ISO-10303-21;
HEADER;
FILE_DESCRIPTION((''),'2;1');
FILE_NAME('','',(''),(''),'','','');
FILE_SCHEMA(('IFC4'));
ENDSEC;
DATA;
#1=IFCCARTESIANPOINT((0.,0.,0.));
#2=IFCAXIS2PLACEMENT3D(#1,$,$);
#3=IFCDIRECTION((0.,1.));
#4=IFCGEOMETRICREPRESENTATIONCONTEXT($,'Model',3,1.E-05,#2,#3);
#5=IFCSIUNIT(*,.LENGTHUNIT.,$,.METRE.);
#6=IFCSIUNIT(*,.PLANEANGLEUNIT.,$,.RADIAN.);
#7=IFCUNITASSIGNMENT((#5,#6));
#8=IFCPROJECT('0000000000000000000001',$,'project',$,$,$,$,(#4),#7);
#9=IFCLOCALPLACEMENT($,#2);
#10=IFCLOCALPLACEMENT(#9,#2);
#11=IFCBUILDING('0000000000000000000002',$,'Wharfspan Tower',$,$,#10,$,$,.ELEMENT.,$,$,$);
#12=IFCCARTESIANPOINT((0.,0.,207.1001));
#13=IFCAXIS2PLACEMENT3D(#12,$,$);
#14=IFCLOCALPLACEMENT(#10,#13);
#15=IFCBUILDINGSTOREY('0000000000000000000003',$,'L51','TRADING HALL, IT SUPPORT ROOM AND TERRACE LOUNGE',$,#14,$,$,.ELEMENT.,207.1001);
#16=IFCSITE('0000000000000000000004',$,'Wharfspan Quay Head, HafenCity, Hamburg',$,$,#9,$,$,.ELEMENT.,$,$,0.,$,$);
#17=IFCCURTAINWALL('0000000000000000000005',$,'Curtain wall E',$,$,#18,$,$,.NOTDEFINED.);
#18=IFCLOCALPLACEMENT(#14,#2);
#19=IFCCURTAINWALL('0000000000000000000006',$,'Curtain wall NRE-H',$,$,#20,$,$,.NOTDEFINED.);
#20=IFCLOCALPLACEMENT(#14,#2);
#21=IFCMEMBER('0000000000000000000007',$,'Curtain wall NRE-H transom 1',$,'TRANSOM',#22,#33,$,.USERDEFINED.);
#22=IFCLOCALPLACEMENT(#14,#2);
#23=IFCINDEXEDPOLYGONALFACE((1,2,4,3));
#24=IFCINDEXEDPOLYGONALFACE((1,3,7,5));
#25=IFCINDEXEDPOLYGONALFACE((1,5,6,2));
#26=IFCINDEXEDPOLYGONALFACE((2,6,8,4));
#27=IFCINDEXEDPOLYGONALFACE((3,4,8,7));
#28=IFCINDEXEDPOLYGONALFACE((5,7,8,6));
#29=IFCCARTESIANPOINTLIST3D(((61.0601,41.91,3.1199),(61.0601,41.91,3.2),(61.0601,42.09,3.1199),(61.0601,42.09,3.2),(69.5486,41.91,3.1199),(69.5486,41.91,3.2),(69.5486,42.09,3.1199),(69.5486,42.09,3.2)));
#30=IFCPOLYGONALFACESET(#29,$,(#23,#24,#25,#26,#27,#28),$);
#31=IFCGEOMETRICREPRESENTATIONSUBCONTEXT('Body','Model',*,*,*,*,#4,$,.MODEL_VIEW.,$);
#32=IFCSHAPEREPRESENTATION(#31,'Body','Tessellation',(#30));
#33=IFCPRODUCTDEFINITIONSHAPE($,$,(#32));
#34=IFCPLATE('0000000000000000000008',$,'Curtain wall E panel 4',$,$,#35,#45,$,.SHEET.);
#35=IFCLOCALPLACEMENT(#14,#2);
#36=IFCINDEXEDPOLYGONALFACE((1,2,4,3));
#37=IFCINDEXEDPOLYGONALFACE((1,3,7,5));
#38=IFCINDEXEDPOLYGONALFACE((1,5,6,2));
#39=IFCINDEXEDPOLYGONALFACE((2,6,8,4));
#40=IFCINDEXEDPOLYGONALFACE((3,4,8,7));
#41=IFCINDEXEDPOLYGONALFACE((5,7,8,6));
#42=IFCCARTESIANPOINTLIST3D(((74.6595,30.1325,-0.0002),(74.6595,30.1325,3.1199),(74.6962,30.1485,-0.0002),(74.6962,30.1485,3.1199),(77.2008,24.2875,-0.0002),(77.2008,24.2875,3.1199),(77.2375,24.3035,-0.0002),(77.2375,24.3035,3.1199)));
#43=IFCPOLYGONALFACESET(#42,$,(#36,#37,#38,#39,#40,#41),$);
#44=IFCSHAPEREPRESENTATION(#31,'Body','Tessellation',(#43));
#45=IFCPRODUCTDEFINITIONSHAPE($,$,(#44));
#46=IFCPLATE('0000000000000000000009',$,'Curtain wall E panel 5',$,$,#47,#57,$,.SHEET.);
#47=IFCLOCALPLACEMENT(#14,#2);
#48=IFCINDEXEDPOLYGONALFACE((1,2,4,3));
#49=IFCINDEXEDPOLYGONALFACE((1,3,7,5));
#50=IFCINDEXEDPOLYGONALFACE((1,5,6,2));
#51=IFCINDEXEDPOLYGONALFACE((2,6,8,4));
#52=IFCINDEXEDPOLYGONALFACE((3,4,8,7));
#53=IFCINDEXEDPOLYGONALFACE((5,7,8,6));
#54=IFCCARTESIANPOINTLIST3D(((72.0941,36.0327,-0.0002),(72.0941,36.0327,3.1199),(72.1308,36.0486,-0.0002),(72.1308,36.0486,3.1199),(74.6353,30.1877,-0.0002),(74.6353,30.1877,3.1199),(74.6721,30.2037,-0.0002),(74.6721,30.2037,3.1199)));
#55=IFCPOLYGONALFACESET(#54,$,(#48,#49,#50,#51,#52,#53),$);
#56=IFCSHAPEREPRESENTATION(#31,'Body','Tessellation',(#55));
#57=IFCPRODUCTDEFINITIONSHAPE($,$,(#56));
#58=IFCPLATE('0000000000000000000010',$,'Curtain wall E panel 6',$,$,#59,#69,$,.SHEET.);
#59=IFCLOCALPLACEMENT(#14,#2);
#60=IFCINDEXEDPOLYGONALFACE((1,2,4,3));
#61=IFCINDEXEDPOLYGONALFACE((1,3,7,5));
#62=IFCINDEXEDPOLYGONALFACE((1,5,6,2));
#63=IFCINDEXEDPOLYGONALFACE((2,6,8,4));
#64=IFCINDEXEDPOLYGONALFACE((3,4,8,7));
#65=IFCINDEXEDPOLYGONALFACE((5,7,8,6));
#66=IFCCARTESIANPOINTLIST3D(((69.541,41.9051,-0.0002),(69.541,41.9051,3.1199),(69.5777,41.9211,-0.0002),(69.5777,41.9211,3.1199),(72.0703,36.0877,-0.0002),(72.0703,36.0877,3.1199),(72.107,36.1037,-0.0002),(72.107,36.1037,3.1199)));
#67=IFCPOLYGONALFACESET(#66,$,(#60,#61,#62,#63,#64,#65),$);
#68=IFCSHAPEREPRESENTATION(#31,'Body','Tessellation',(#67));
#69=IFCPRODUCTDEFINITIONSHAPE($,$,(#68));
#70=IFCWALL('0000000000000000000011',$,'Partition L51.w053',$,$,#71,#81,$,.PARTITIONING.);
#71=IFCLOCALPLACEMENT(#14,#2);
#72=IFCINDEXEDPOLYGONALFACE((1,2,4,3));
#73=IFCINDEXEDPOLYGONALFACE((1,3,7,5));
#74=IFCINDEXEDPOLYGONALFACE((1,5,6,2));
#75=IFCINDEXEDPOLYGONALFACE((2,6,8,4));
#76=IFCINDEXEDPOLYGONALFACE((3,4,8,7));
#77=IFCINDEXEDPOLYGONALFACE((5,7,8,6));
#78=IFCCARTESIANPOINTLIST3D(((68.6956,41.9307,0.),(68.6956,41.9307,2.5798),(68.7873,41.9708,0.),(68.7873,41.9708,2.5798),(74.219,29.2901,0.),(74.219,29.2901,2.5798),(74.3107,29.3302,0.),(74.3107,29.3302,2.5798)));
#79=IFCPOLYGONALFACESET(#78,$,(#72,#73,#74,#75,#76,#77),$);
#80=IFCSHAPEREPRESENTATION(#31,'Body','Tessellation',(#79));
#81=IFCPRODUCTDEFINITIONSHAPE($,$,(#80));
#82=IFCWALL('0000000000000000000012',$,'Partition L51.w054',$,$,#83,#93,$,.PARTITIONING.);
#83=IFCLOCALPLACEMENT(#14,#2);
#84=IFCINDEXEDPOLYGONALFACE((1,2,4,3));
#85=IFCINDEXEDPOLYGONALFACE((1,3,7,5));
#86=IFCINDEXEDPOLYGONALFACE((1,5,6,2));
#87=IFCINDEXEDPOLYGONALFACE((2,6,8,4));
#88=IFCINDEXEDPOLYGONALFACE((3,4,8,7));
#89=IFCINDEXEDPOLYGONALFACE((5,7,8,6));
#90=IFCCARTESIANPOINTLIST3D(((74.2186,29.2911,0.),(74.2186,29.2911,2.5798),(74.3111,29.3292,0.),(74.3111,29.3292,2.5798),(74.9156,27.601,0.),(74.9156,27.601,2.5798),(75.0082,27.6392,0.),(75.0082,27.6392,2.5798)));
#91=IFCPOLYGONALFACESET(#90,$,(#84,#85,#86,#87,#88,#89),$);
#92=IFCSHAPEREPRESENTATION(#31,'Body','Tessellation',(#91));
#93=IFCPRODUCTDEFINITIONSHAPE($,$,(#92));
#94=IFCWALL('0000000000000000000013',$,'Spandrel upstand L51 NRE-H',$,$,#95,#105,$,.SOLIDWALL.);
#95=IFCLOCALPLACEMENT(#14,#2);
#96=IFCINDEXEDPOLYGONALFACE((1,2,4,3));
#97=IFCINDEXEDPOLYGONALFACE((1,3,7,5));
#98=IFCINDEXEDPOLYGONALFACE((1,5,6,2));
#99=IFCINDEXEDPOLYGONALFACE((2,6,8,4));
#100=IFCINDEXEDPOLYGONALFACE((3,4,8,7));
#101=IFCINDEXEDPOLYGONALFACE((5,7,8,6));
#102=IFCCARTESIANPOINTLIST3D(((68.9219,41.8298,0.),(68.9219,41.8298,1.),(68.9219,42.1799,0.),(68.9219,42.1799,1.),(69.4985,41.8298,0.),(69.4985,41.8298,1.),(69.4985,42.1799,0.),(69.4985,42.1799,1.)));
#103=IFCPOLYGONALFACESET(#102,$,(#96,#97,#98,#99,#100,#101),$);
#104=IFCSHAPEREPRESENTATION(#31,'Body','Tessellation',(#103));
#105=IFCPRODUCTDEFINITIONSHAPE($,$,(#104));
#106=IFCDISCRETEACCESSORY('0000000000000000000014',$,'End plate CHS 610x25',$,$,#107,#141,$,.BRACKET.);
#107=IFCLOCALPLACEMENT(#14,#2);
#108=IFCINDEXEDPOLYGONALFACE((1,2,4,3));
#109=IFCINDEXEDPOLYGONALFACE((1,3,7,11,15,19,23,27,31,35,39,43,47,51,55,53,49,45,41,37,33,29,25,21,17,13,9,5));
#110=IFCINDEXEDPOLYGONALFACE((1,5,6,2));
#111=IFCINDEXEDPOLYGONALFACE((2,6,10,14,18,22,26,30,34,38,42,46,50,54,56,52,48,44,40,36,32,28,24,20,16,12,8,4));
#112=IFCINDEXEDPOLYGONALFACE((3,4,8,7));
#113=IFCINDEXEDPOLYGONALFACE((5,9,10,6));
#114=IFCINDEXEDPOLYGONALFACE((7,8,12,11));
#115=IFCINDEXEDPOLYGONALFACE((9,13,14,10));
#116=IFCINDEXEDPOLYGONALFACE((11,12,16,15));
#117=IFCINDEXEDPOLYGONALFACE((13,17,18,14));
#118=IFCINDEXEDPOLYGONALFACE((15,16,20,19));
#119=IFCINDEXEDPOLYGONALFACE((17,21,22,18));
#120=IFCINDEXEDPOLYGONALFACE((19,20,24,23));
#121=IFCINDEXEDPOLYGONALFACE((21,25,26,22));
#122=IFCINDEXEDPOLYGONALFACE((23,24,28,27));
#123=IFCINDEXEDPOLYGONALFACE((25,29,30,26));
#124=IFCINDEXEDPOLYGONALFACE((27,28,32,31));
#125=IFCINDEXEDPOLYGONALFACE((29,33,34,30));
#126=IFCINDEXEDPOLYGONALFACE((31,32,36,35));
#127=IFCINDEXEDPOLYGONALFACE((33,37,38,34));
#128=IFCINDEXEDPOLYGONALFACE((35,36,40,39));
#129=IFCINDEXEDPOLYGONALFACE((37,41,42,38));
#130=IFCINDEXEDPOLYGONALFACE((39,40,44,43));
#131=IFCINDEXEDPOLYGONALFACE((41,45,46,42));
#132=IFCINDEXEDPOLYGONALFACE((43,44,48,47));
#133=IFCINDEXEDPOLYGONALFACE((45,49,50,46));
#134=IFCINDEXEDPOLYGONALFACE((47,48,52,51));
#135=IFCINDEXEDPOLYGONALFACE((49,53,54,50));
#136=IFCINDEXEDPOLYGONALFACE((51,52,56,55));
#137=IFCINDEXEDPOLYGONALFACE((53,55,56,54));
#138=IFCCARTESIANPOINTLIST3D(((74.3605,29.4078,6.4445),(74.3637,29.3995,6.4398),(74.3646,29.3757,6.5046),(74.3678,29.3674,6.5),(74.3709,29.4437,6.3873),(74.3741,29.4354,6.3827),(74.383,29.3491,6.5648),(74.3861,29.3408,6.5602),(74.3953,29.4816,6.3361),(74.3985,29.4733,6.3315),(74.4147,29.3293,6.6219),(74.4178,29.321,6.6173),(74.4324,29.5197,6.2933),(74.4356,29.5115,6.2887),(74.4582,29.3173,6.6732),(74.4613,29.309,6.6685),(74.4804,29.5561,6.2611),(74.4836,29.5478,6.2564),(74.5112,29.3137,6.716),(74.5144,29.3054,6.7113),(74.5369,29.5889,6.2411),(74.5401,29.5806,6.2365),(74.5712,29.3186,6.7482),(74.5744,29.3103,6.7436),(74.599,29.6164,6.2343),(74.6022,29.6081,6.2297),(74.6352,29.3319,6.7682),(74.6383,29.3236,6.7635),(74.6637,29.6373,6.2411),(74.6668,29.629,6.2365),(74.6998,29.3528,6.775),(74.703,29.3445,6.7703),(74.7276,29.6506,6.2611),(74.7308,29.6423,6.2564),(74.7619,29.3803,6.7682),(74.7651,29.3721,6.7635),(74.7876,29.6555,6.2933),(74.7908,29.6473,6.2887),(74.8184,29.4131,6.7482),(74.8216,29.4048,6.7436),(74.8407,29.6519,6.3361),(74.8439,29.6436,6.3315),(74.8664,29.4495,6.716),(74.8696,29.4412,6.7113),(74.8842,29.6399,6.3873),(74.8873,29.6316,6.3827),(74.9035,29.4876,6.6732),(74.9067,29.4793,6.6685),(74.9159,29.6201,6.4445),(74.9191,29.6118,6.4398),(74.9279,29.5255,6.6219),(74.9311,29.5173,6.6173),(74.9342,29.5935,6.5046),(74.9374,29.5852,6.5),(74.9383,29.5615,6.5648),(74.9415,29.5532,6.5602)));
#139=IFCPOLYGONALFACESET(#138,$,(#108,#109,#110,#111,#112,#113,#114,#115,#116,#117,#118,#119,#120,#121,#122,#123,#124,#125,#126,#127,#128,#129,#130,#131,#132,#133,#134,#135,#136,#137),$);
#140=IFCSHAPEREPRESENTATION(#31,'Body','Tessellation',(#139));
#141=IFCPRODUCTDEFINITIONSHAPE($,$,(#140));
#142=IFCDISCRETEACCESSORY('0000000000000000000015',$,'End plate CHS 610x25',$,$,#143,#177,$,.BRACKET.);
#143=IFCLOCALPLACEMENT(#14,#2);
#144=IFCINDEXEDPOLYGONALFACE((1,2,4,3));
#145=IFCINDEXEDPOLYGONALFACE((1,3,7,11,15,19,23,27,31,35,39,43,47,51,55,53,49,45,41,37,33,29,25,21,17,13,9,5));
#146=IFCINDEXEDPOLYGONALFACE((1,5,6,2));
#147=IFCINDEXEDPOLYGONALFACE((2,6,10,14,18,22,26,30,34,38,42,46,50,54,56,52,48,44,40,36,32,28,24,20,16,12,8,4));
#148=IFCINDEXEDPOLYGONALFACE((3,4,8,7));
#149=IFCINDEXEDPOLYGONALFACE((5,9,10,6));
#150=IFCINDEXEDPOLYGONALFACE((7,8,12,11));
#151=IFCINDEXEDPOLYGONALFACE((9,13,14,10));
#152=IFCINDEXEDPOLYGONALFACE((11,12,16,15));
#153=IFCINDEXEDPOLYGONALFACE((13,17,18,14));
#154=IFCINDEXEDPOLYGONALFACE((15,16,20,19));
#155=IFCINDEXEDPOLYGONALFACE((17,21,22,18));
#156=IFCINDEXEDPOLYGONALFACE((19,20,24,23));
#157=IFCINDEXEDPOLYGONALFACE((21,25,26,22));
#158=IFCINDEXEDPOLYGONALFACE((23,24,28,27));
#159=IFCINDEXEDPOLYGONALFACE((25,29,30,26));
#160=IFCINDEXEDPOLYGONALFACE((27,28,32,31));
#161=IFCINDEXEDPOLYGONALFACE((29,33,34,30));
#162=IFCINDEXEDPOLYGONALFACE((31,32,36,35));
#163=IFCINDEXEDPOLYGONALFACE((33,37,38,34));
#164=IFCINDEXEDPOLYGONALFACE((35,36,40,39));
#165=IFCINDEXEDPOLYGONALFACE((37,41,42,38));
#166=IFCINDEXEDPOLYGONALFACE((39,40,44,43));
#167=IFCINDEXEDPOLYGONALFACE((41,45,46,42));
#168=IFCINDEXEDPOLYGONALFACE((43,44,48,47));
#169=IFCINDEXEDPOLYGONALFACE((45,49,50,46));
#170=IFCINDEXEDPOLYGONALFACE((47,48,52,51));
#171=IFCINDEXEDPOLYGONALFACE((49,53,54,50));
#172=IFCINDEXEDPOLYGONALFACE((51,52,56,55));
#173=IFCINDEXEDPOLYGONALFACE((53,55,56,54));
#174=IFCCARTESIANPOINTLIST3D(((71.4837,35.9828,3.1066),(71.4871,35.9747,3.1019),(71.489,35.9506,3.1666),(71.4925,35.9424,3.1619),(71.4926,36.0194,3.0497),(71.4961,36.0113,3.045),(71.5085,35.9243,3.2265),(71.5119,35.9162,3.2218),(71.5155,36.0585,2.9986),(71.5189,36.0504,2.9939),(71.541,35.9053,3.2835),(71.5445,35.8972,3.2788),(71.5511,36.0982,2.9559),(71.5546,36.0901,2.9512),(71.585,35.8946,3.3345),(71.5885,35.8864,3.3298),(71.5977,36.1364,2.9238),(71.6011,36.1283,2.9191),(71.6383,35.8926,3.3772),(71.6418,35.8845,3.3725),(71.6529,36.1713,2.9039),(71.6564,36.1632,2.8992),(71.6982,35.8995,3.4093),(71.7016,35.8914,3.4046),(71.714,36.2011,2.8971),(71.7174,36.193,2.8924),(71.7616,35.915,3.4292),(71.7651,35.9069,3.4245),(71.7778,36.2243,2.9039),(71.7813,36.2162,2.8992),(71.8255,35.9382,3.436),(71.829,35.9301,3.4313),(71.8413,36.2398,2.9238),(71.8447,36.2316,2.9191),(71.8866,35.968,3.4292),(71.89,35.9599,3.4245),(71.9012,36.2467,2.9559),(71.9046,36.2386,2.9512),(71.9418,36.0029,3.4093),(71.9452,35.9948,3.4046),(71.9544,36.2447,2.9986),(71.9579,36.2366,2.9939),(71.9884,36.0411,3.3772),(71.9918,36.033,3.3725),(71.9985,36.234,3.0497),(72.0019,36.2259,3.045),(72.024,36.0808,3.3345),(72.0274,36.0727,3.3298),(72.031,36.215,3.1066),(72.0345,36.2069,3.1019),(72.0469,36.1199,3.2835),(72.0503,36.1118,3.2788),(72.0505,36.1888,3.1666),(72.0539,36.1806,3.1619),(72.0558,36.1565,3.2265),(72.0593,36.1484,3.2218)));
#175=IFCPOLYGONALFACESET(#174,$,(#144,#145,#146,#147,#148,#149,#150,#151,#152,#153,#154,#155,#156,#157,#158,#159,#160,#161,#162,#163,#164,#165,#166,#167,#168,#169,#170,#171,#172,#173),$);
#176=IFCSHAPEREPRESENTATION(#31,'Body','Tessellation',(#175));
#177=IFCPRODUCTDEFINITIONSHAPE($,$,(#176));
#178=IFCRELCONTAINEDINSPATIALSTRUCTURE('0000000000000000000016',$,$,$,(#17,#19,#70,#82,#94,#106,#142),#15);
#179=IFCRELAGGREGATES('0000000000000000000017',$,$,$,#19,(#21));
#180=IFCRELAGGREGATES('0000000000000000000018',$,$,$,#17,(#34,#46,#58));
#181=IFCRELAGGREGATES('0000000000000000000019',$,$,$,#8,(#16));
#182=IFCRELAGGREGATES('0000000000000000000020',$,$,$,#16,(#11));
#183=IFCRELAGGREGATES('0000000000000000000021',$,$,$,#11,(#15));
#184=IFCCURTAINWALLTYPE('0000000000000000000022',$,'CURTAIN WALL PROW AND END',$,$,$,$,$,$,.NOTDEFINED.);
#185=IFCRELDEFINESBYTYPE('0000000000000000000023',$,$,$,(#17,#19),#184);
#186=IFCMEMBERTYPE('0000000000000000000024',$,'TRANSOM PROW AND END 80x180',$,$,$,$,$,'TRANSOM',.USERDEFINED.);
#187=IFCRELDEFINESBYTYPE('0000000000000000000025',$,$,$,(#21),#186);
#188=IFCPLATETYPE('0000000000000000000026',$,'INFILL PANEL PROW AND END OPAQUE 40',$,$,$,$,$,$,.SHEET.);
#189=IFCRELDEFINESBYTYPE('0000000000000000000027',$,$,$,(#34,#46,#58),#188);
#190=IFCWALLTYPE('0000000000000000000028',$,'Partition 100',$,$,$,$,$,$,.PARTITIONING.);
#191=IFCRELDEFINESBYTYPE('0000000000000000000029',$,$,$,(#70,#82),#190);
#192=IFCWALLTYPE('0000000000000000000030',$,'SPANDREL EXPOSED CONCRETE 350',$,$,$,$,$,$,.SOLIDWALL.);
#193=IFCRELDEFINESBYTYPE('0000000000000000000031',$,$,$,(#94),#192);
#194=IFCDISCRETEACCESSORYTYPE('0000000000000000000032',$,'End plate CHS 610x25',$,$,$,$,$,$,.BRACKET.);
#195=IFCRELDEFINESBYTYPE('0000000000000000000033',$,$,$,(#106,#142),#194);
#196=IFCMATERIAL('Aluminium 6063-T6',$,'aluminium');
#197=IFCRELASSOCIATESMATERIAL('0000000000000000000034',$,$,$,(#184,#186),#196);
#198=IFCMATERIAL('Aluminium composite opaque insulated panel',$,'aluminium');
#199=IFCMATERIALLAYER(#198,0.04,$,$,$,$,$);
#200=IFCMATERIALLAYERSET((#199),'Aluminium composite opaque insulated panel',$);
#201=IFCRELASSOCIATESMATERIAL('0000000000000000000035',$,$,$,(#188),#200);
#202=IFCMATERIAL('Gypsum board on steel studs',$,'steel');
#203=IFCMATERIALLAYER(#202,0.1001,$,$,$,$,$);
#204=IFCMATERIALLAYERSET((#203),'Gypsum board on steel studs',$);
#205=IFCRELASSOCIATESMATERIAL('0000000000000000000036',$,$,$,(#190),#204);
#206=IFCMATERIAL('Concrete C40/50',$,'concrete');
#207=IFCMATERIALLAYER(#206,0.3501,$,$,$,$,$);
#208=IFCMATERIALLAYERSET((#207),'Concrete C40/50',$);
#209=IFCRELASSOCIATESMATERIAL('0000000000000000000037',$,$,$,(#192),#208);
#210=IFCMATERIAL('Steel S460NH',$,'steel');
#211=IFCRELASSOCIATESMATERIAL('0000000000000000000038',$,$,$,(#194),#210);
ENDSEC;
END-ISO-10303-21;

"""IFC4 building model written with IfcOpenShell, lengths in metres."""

from ifc_helpers import new_model, si_unit, direction, frame, frame_2d, origin, origin_2d, place, context, subcontext, project, spatial, rectangle, circle, extrude, material, layer, layer_set, material_profile, profile_set, type_object, element, aggregate, save


model = new_model("IFC4")

# Units and contexts
model_context = context("Model", 3, precision=1e-05, world=origin(), true_north=direction((0.0, 1.0)))
body_context = subcontext(model_context, "Body", "Model", "MODEL_VIEW")
ifc_project = project(units=[si_unit("LENGTHUNIT", "METRE"), si_unit("PLANEANGLEUNIT", "RADIAN")], contexts=[model_context])

# Site, building, storey
site_placement = place(None, origin())
site = spatial("IfcSite", under=ifc_project, at=site_placement, Name="Wharfspan Quay Head, HafenCity, Hamburg", CompositionType="ELEMENT", RefElevation=0.0)
building_placement = place(site_placement, origin())
building = spatial("IfcBuilding", under=site, at=building_placement, Name="Wharfspan Tower", CompositionType="ELEMENT")
storey_placement = place(building_placement, frame((0.0, 0.0, 207.1001)))
storey = spatial("IfcBuildingStorey", under=building, at=storey_placement, Name="L51", Description="TRADING HALL, IT SUPPORT ROOM AND TERRACE LOUNGE", CompositionType="ELEMENT", Elevation=207.1001)

# Shared definitions
ifc_material_1 = material(Name="Steel S460NH", Category="steel")

# Curtain wall
ifc_material_2 = material(Name="Aluminium 6063-T6", Category="aluminium")
curtain_wall_type = type_object("IfcCurtainWallType", Name="CURTAIN WALL PROW AND END", PredefinedType="NOTDEFINED", material=ifc_material_2)
curtain_wall_1_placement = place(storey_placement, origin())
curtain_wall_1 = element("IfcCurtainWall", 1, at=curtain_wall_1_placement, inside=storey, type_object=curtain_wall_type, Name="Curtain wall E", PredefinedType="NOTDEFINED")

# Curtain wall
curtain_wall_2_placement = place(storey_placement, origin())
curtain_wall_2 = element("IfcCurtainWall", 2, at=curtain_wall_2_placement, inside=storey, type_object=curtain_wall_type, Name="Curtain wall NRE-H", PredefinedType="NOTDEFINED")

# Member
ifc_material_profile_1 = material_profile(ifc_material_2, rectangle(XDim=0.1799, YDim=0.0801, at=origin_2d()))
ifc_profile_set_1 = profile_set([ifc_material_profile_1], Name="Aluminium 6063-T6")
member_type_1 = type_object("IfcMemberType", Name="TRANSOM PROW AND END 80x180", ElementType="TRANSOM", PredefinedType="USERDEFINED", material=ifc_profile_set_1)
member_1_placement = place(storey_placement, frame((69.5486, 42.0, 3.1599), z_axis=(-1.0, 0.0, 0.0), x_axis=(0.0, -1.0, 0.0)))
member_1 = element("IfcMember", 3, at=member_1_placement, type_object=member_type_1, Name="Curtain wall NRE-H transom 1", ObjectType="TRANSOM", PredefinedType="USERDEFINED", context=body_context, shape_type="SweptSolid", body=[
    extrude(rectangle(XDim=0.1799, YDim=0.0801, at=origin_2d()), origin(), (0.0, 0.0, 1.0), 8.4885),
])
aggregate(curtain_wall_2, [member_1])

# Plates
ifc_material_3 = material(Name="Aluminium composite opaque insulated panel", Category="aluminium")
ifc_layer_1 = layer(ifc_material_3, 0.04)
ifc_layer_set_1 = layer_set([ifc_layer_1], Name="Aluminium composite opaque insulated panel")
plate_type = type_object("IfcPlateType", Name="INFILL PANEL PROW AND END OPAQUE 40", PredefinedType="SHEET", material=ifc_layer_set_1)
plate_1_placement = place(storey_placement, frame((75.9485, 27.218, -0.0002), z_axis=(0.0, 0.0, 1.0), x_axis=(-0.398727, 0.917072, 0.0)))
plate_1 = element("IfcPlate", 4, at=plate_1_placement, type_object=plate_type, Name="Curtain wall E panel 4", PredefinedType="SHEET", context=body_context, shape_type="SweptSolid", body=[
    extrude(rectangle(XDim=6.3735, YDim=0.04, at=origin_2d()), origin(), (0.0, 0.0, 1.0), 3.1201),
])
plate_2_placement = place(storey_placement, frame((73.3831, 33.1182, -0.0002), z_axis=(0.0, 0.0, 1.0), x_axis=(-0.398727, 0.917072, 0.0)))
plate_2 = element("IfcPlate", 5, at=plate_2_placement, type_object=plate_type, Name="Curtain wall E panel 5", PredefinedType="SHEET", context=body_context, shape_type="SweptSolid", body=[
    extrude(rectangle(XDim=6.3735, YDim=0.04, at=origin_2d()), origin(), (0.0, 0.0, 1.0), 3.1201),
])
plate_3_placement = place(storey_placement, frame((70.824, 39.0044, -0.0002), z_axis=(0.0, 0.0, 1.0), x_axis=(-0.398727, 0.917072, 0.0)))
plate_3 = element("IfcPlate", 6, at=plate_3_placement, type_object=plate_type, Name="Curtain wall E panel 6", PredefinedType="SHEET", context=body_context, shape_type="SweptSolid", body=[
    extrude(rectangle(XDim=6.3435, YDim=0.04, at=origin_2d()), origin(), (0.0, 0.0, 1.0), 3.1201),
])
aggregate(curtain_wall_1, [plate_1, plate_2, plate_3])

# Walls
ifc_material_4 = material(Name="Gypsum board on steel studs", Category="steel")
ifc_layer_2 = layer(ifc_material_4, 0.1001)
ifc_layer_set_2 = layer_set([ifc_layer_2], Name="Gypsum board on steel studs")
wall_type_1 = type_object("IfcWallType", Name="Partition 100", PredefinedType="PARTITIONING", material=ifc_layer_set_2)
wall_1_placement = place(storey_placement, frame((74.2649, 29.3101, 0.0), z_axis=(0.0, 0.0, 1.0), x_axis=(-0.400401, 0.916335, 0.0)))
element("IfcWall", 7, at=wall_1_placement, inside=storey, type_object=wall_type_1, Name="Partition L51.w053", PredefinedType="PARTITIONING", context=body_context, shape_type="SweptSolid", body=[
    extrude(rectangle(XDim=13.7947, YDim=0.1001, at=frame_2d((6.8975, 0.0))), origin(), (0.0, 0.0, 1.0), 2.5798),
])
wall_2_placement = place(storey_placement, frame((74.9619, 27.6201, 0.0), z_axis=(0.0, 0.0, 1.0), x_axis=(-0.381293, 0.924452, 0.0)))
element("IfcWall", 8, at=wall_2_placement, inside=storey, type_object=wall_type_1, Name="Partition L51.w054", PredefinedType="PARTITIONING", context=body_context, shape_type="SweptSolid", body=[
    extrude(rectangle(XDim=1.8281, YDim=0.1001, at=frame_2d((0.9141, 0.0))), origin(), (0.0, 0.0, 1.0), 2.5798),
])
ifc_material_5 = material(Name="Concrete C40/50", Category="concrete")
ifc_layer_3 = layer(ifc_material_5, 0.3501)
ifc_layer_set_3 = layer_set([ifc_layer_3], Name="Concrete C40/50")
wall_type_2 = type_object("IfcWallType", Name="SPANDREL EXPOSED CONCRETE 350", PredefinedType="SOLIDWALL", material=ifc_layer_set_3)
wall_3_placement = place(storey_placement, frame((69.4985, 42.0049, 0.0), z_axis=(0.0, 0.0, 1.0), x_axis=(-1.0, 0.0, 0.0)))
element("IfcWall", 9, at=wall_3_placement, inside=storey, type_object=wall_type_2, Name="Spandrel upstand L51 NRE-H", PredefinedType="SOLIDWALL", context=body_context, shape_type="SweptSolid", body=[
    extrude(rectangle(XDim=0.5767, YDim=0.3501, at=frame_2d((0.2883, 0.0))), origin(), (0.0, 0.0, 1.0), 1.0),
])

# Discrete accessories
ifc_material_profile_2 = material_profile(ifc_material_1, circle(Radius=0.3049, at=origin_2d()))
ifc_profile_set_2 = profile_set([ifc_material_profile_2], Name="Steel S460NH")
discrete_accessory_type = type_object("IfcDiscreteAccessoryType", Name="End plate CHS 610x25", PredefinedType="BRACKET", material=ifc_profile_set_2)
for number, where, z_axis, x_axis, name in (
    (10, (74.6526, 29.4763, 6.5), (-0.316603, 0.828038, 0.462727), (-0.934054, -0.357138, -0.000001), "End plate CHS 610x25"),
    (11, (71.7732, 36.0615, 3.1619), (-0.345075, 0.81339, 0.468316), (-0.920586, -0.390551, -0.000002), "End plate CHS 610x25"),
):
    element("IfcDiscreteAccessory", number, at=place(storey_placement, frame(where, z_axis=z_axis, x_axis=x_axis)), inside=storey, type_object=discrete_accessory_type, Name=name, PredefinedType="BRACKET", context=body_context, shape_type="SweptSolid", body=[
        extrude(circle(Radius=0.3049, at=origin_2d()), origin(), (0.0, 0.0, 1.0), 0.01),
    ])

save(model, "model.ifc")
